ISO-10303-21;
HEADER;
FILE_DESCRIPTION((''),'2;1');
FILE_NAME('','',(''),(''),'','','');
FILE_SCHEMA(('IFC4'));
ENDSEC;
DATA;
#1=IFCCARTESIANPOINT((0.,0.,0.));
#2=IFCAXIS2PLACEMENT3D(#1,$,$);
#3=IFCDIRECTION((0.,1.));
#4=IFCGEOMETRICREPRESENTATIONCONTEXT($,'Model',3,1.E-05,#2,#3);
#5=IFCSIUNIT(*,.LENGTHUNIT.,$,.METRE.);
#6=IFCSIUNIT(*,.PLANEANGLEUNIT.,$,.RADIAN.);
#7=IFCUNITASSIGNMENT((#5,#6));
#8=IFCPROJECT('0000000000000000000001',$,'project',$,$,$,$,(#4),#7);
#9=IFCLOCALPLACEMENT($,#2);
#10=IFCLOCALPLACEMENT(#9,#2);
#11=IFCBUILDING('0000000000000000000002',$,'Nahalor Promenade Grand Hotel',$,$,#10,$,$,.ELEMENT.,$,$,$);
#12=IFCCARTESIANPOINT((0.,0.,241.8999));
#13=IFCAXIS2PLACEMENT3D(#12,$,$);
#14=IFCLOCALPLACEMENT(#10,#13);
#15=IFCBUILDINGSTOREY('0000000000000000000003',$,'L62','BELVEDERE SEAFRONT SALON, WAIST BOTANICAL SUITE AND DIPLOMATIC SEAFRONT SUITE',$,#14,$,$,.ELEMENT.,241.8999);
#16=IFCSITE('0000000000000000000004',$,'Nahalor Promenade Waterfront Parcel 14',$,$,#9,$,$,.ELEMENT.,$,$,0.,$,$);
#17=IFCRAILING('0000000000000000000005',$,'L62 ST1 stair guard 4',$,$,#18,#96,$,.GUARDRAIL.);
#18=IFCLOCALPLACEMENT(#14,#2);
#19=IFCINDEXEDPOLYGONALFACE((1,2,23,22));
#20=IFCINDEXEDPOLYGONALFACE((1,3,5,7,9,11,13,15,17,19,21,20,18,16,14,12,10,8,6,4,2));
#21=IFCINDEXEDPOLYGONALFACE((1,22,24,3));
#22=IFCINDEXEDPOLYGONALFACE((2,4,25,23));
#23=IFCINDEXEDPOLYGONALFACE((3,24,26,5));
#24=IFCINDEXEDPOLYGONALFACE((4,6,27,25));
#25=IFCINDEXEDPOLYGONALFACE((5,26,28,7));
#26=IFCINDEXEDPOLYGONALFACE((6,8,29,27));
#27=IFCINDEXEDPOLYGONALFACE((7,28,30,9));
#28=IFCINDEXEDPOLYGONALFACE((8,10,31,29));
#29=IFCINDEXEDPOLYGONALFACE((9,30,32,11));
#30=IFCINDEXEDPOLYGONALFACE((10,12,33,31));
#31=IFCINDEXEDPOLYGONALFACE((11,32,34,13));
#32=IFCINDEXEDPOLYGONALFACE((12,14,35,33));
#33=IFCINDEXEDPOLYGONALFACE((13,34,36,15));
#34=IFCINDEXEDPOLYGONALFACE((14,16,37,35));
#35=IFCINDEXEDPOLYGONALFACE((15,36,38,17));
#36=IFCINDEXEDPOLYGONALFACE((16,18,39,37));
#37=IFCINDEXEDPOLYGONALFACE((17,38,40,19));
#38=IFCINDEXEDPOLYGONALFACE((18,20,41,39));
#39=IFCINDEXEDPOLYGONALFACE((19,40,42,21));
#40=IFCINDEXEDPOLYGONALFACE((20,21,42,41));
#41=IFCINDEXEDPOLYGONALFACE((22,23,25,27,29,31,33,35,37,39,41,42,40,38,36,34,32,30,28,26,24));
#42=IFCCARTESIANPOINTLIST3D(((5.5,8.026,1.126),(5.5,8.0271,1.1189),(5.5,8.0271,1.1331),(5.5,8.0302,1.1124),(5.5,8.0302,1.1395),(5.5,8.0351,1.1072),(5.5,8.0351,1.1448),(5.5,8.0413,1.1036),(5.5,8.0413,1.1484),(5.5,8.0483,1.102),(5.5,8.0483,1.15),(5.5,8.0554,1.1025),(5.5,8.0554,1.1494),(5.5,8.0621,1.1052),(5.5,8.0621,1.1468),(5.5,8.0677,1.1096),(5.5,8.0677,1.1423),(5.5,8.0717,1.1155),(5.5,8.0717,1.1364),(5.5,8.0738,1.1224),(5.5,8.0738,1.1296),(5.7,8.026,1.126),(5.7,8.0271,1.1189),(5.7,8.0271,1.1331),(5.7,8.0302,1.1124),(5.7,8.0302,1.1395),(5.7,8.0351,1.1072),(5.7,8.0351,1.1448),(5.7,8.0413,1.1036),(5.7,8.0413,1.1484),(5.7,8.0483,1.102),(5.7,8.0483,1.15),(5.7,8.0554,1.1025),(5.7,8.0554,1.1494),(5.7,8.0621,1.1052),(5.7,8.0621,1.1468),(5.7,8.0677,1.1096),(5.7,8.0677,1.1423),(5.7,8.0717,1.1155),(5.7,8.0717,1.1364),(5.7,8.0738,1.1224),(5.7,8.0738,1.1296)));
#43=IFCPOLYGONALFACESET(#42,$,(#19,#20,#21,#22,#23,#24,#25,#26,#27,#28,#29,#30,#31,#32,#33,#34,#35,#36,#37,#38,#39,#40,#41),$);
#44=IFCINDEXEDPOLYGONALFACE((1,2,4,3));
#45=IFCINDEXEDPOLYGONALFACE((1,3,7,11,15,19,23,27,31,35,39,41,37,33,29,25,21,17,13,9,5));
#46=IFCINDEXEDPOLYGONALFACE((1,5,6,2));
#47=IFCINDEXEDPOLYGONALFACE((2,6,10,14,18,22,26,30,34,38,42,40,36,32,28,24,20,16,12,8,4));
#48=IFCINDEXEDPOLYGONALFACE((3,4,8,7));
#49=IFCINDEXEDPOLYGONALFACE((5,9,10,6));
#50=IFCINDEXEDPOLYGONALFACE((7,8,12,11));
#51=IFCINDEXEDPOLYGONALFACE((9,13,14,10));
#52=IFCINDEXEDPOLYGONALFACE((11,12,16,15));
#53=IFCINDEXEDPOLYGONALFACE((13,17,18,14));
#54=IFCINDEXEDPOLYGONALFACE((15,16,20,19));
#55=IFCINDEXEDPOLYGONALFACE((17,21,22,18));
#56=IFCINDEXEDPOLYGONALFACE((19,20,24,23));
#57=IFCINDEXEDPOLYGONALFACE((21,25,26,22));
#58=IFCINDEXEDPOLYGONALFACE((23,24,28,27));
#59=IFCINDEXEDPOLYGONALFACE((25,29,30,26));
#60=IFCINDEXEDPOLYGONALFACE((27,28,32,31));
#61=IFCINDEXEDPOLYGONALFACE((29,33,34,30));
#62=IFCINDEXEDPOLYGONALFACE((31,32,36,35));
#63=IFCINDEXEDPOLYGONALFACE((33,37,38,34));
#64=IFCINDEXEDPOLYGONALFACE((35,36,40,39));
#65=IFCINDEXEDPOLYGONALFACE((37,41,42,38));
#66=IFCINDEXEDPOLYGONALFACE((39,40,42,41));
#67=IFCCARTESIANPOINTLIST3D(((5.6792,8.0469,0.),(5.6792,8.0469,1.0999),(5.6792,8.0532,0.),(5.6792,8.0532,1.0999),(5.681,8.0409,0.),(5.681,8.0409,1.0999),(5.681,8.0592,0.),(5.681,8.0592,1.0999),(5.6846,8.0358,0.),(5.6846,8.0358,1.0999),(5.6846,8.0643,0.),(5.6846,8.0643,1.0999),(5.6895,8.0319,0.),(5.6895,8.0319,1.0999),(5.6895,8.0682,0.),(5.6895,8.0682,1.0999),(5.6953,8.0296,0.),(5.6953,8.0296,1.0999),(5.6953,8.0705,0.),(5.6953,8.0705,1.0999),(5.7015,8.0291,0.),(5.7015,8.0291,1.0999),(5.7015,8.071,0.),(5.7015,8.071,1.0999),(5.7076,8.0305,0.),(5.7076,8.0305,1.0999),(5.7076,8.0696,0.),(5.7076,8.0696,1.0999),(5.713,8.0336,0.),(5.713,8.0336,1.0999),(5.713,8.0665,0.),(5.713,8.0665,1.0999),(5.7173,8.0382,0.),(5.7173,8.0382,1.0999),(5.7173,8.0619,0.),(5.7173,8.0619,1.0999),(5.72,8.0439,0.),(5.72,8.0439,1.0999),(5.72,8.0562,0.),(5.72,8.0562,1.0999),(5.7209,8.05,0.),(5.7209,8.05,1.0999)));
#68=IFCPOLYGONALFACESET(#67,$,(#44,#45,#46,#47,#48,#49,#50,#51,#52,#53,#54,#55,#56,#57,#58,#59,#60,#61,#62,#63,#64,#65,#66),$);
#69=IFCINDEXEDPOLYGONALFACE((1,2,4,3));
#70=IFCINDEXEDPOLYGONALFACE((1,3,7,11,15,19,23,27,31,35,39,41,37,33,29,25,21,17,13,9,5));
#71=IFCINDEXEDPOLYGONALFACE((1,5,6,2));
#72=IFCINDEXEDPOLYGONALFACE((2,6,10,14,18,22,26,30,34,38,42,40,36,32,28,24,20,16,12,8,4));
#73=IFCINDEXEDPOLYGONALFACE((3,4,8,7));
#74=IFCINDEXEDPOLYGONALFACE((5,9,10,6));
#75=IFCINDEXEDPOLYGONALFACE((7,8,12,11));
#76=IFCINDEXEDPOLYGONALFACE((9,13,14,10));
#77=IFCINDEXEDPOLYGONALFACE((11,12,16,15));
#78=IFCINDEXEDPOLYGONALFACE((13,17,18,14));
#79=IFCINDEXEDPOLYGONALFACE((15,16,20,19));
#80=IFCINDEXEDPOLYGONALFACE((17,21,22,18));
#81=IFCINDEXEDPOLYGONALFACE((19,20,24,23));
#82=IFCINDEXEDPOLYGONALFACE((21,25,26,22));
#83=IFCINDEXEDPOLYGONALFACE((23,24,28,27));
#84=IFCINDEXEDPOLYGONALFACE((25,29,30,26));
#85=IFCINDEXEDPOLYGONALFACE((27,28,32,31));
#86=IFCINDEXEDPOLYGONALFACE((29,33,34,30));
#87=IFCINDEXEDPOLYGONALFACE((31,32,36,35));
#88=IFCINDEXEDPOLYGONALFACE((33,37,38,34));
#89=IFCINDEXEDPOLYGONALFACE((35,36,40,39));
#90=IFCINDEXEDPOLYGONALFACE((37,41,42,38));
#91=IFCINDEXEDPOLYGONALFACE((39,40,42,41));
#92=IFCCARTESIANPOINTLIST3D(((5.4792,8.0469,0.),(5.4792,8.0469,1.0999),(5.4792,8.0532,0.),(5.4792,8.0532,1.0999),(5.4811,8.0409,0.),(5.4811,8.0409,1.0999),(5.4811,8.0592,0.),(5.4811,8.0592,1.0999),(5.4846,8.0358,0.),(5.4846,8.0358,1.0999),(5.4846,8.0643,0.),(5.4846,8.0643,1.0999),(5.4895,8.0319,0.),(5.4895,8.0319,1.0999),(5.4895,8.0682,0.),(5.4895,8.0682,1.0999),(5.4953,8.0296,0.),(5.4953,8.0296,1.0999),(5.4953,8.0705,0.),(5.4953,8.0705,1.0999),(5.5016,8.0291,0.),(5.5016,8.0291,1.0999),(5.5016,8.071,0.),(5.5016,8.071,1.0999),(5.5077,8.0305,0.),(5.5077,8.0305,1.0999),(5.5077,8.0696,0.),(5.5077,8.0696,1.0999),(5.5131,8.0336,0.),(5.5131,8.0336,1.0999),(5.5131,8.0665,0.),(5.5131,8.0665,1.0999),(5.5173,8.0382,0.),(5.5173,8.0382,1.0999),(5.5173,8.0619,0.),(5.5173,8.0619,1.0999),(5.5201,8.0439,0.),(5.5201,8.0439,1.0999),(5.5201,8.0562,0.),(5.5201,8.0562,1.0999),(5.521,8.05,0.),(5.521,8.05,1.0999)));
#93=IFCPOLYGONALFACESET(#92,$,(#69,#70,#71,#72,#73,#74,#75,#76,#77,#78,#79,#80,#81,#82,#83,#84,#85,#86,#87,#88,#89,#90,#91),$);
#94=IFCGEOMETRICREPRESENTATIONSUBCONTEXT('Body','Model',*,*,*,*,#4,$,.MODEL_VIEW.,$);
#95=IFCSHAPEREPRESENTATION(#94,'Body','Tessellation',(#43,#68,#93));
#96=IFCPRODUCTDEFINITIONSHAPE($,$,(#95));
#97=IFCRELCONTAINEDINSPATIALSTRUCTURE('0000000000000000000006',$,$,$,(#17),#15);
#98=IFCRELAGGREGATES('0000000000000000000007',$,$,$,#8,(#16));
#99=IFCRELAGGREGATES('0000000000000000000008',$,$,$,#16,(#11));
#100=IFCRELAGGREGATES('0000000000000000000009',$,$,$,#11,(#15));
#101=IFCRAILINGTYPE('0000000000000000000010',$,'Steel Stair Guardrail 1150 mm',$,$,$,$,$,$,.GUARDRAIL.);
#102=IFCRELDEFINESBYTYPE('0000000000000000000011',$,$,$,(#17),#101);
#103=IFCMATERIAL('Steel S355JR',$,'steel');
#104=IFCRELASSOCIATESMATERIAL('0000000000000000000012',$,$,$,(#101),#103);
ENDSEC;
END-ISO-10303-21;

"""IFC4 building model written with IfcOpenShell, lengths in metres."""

from ifc_helpers import new_model, si_unit, direction, frame, origin, origin_2d, place, context, subcontext, project, spatial, circle, extrude, material, type_object, element, save


model = new_model("IFC4")

# Units and contexts
model_context = context("Model", 3, precision=1e-05, world=origin(), true_north=direction((0.0, 1.0)))
body_context = subcontext(model_context, "Body", "Model", "MODEL_VIEW")
ifc_project = project(units=[si_unit("LENGTHUNIT", "METRE"), si_unit("PLANEANGLEUNIT", "RADIAN")], contexts=[model_context])

# Site, building, storey
site_placement = place(None, origin())
site = spatial("IfcSite", under=ifc_project, at=site_placement, Name="Nahalor Promenade Waterfront Parcel 14", CompositionType="ELEMENT", RefElevation=0.0)
building_placement = place(site_placement, origin())
building = spatial("IfcBuilding", under=site, at=building_placement, Name="Nahalor Promenade Grand Hotel", CompositionType="ELEMENT")
storey_placement = place(building_placement, frame((0.0, 0.0, 241.8999)))
storey = spatial("IfcBuildingStorey", under=building, at=storey_placement, Name="L62", Description="BELVEDERE SEAFRONT SALON, WAIST BOTANICAL SUITE AND DIPLOMATIC SEAFRONT SUITE", CompositionType="ELEMENT", Elevation=241.8999)

# Shared definitions
ifc_material_1 = material(Name="Steel S355JR", Category="steel")

# Railing
railing_type_1 = type_object("IfcRailingType", Name="Steel Stair Guardrail 1150 mm", PredefinedType="GUARDRAIL", material=ifc_material_1)
railing_1_placement = place(storey_placement, frame((5.7, 8.05, 0.0)))
element("IfcRailing", 1, at=railing_1_placement, inside=storey, type_object=railing_type_1, Name="L62 ST1 stair guard 4", PredefinedType="GUARDRAIL", context=body_context, shape_type="SweptSolid", body=[
    extrude(circle(Radius=0.024, at=origin_2d()), frame((0.0, 0.0, 1.126), z_axis=(-1.0, 0.0, 0.0), x_axis=(0.0, -1.0, 0.0)), (0.0, 0.0, 1.0), 0.2),
    extrude(circle(Radius=0.021, at=origin_2d()), origin(), (0.0, 0.0, 1.0), 1.0999),
    extrude(circle(Radius=0.021, at=origin_2d()), frame((-0.2, 0.0, 0.0)), (0.0, 0.0, 1.0), 1.0999),
])

save(model, "model.ifc")
